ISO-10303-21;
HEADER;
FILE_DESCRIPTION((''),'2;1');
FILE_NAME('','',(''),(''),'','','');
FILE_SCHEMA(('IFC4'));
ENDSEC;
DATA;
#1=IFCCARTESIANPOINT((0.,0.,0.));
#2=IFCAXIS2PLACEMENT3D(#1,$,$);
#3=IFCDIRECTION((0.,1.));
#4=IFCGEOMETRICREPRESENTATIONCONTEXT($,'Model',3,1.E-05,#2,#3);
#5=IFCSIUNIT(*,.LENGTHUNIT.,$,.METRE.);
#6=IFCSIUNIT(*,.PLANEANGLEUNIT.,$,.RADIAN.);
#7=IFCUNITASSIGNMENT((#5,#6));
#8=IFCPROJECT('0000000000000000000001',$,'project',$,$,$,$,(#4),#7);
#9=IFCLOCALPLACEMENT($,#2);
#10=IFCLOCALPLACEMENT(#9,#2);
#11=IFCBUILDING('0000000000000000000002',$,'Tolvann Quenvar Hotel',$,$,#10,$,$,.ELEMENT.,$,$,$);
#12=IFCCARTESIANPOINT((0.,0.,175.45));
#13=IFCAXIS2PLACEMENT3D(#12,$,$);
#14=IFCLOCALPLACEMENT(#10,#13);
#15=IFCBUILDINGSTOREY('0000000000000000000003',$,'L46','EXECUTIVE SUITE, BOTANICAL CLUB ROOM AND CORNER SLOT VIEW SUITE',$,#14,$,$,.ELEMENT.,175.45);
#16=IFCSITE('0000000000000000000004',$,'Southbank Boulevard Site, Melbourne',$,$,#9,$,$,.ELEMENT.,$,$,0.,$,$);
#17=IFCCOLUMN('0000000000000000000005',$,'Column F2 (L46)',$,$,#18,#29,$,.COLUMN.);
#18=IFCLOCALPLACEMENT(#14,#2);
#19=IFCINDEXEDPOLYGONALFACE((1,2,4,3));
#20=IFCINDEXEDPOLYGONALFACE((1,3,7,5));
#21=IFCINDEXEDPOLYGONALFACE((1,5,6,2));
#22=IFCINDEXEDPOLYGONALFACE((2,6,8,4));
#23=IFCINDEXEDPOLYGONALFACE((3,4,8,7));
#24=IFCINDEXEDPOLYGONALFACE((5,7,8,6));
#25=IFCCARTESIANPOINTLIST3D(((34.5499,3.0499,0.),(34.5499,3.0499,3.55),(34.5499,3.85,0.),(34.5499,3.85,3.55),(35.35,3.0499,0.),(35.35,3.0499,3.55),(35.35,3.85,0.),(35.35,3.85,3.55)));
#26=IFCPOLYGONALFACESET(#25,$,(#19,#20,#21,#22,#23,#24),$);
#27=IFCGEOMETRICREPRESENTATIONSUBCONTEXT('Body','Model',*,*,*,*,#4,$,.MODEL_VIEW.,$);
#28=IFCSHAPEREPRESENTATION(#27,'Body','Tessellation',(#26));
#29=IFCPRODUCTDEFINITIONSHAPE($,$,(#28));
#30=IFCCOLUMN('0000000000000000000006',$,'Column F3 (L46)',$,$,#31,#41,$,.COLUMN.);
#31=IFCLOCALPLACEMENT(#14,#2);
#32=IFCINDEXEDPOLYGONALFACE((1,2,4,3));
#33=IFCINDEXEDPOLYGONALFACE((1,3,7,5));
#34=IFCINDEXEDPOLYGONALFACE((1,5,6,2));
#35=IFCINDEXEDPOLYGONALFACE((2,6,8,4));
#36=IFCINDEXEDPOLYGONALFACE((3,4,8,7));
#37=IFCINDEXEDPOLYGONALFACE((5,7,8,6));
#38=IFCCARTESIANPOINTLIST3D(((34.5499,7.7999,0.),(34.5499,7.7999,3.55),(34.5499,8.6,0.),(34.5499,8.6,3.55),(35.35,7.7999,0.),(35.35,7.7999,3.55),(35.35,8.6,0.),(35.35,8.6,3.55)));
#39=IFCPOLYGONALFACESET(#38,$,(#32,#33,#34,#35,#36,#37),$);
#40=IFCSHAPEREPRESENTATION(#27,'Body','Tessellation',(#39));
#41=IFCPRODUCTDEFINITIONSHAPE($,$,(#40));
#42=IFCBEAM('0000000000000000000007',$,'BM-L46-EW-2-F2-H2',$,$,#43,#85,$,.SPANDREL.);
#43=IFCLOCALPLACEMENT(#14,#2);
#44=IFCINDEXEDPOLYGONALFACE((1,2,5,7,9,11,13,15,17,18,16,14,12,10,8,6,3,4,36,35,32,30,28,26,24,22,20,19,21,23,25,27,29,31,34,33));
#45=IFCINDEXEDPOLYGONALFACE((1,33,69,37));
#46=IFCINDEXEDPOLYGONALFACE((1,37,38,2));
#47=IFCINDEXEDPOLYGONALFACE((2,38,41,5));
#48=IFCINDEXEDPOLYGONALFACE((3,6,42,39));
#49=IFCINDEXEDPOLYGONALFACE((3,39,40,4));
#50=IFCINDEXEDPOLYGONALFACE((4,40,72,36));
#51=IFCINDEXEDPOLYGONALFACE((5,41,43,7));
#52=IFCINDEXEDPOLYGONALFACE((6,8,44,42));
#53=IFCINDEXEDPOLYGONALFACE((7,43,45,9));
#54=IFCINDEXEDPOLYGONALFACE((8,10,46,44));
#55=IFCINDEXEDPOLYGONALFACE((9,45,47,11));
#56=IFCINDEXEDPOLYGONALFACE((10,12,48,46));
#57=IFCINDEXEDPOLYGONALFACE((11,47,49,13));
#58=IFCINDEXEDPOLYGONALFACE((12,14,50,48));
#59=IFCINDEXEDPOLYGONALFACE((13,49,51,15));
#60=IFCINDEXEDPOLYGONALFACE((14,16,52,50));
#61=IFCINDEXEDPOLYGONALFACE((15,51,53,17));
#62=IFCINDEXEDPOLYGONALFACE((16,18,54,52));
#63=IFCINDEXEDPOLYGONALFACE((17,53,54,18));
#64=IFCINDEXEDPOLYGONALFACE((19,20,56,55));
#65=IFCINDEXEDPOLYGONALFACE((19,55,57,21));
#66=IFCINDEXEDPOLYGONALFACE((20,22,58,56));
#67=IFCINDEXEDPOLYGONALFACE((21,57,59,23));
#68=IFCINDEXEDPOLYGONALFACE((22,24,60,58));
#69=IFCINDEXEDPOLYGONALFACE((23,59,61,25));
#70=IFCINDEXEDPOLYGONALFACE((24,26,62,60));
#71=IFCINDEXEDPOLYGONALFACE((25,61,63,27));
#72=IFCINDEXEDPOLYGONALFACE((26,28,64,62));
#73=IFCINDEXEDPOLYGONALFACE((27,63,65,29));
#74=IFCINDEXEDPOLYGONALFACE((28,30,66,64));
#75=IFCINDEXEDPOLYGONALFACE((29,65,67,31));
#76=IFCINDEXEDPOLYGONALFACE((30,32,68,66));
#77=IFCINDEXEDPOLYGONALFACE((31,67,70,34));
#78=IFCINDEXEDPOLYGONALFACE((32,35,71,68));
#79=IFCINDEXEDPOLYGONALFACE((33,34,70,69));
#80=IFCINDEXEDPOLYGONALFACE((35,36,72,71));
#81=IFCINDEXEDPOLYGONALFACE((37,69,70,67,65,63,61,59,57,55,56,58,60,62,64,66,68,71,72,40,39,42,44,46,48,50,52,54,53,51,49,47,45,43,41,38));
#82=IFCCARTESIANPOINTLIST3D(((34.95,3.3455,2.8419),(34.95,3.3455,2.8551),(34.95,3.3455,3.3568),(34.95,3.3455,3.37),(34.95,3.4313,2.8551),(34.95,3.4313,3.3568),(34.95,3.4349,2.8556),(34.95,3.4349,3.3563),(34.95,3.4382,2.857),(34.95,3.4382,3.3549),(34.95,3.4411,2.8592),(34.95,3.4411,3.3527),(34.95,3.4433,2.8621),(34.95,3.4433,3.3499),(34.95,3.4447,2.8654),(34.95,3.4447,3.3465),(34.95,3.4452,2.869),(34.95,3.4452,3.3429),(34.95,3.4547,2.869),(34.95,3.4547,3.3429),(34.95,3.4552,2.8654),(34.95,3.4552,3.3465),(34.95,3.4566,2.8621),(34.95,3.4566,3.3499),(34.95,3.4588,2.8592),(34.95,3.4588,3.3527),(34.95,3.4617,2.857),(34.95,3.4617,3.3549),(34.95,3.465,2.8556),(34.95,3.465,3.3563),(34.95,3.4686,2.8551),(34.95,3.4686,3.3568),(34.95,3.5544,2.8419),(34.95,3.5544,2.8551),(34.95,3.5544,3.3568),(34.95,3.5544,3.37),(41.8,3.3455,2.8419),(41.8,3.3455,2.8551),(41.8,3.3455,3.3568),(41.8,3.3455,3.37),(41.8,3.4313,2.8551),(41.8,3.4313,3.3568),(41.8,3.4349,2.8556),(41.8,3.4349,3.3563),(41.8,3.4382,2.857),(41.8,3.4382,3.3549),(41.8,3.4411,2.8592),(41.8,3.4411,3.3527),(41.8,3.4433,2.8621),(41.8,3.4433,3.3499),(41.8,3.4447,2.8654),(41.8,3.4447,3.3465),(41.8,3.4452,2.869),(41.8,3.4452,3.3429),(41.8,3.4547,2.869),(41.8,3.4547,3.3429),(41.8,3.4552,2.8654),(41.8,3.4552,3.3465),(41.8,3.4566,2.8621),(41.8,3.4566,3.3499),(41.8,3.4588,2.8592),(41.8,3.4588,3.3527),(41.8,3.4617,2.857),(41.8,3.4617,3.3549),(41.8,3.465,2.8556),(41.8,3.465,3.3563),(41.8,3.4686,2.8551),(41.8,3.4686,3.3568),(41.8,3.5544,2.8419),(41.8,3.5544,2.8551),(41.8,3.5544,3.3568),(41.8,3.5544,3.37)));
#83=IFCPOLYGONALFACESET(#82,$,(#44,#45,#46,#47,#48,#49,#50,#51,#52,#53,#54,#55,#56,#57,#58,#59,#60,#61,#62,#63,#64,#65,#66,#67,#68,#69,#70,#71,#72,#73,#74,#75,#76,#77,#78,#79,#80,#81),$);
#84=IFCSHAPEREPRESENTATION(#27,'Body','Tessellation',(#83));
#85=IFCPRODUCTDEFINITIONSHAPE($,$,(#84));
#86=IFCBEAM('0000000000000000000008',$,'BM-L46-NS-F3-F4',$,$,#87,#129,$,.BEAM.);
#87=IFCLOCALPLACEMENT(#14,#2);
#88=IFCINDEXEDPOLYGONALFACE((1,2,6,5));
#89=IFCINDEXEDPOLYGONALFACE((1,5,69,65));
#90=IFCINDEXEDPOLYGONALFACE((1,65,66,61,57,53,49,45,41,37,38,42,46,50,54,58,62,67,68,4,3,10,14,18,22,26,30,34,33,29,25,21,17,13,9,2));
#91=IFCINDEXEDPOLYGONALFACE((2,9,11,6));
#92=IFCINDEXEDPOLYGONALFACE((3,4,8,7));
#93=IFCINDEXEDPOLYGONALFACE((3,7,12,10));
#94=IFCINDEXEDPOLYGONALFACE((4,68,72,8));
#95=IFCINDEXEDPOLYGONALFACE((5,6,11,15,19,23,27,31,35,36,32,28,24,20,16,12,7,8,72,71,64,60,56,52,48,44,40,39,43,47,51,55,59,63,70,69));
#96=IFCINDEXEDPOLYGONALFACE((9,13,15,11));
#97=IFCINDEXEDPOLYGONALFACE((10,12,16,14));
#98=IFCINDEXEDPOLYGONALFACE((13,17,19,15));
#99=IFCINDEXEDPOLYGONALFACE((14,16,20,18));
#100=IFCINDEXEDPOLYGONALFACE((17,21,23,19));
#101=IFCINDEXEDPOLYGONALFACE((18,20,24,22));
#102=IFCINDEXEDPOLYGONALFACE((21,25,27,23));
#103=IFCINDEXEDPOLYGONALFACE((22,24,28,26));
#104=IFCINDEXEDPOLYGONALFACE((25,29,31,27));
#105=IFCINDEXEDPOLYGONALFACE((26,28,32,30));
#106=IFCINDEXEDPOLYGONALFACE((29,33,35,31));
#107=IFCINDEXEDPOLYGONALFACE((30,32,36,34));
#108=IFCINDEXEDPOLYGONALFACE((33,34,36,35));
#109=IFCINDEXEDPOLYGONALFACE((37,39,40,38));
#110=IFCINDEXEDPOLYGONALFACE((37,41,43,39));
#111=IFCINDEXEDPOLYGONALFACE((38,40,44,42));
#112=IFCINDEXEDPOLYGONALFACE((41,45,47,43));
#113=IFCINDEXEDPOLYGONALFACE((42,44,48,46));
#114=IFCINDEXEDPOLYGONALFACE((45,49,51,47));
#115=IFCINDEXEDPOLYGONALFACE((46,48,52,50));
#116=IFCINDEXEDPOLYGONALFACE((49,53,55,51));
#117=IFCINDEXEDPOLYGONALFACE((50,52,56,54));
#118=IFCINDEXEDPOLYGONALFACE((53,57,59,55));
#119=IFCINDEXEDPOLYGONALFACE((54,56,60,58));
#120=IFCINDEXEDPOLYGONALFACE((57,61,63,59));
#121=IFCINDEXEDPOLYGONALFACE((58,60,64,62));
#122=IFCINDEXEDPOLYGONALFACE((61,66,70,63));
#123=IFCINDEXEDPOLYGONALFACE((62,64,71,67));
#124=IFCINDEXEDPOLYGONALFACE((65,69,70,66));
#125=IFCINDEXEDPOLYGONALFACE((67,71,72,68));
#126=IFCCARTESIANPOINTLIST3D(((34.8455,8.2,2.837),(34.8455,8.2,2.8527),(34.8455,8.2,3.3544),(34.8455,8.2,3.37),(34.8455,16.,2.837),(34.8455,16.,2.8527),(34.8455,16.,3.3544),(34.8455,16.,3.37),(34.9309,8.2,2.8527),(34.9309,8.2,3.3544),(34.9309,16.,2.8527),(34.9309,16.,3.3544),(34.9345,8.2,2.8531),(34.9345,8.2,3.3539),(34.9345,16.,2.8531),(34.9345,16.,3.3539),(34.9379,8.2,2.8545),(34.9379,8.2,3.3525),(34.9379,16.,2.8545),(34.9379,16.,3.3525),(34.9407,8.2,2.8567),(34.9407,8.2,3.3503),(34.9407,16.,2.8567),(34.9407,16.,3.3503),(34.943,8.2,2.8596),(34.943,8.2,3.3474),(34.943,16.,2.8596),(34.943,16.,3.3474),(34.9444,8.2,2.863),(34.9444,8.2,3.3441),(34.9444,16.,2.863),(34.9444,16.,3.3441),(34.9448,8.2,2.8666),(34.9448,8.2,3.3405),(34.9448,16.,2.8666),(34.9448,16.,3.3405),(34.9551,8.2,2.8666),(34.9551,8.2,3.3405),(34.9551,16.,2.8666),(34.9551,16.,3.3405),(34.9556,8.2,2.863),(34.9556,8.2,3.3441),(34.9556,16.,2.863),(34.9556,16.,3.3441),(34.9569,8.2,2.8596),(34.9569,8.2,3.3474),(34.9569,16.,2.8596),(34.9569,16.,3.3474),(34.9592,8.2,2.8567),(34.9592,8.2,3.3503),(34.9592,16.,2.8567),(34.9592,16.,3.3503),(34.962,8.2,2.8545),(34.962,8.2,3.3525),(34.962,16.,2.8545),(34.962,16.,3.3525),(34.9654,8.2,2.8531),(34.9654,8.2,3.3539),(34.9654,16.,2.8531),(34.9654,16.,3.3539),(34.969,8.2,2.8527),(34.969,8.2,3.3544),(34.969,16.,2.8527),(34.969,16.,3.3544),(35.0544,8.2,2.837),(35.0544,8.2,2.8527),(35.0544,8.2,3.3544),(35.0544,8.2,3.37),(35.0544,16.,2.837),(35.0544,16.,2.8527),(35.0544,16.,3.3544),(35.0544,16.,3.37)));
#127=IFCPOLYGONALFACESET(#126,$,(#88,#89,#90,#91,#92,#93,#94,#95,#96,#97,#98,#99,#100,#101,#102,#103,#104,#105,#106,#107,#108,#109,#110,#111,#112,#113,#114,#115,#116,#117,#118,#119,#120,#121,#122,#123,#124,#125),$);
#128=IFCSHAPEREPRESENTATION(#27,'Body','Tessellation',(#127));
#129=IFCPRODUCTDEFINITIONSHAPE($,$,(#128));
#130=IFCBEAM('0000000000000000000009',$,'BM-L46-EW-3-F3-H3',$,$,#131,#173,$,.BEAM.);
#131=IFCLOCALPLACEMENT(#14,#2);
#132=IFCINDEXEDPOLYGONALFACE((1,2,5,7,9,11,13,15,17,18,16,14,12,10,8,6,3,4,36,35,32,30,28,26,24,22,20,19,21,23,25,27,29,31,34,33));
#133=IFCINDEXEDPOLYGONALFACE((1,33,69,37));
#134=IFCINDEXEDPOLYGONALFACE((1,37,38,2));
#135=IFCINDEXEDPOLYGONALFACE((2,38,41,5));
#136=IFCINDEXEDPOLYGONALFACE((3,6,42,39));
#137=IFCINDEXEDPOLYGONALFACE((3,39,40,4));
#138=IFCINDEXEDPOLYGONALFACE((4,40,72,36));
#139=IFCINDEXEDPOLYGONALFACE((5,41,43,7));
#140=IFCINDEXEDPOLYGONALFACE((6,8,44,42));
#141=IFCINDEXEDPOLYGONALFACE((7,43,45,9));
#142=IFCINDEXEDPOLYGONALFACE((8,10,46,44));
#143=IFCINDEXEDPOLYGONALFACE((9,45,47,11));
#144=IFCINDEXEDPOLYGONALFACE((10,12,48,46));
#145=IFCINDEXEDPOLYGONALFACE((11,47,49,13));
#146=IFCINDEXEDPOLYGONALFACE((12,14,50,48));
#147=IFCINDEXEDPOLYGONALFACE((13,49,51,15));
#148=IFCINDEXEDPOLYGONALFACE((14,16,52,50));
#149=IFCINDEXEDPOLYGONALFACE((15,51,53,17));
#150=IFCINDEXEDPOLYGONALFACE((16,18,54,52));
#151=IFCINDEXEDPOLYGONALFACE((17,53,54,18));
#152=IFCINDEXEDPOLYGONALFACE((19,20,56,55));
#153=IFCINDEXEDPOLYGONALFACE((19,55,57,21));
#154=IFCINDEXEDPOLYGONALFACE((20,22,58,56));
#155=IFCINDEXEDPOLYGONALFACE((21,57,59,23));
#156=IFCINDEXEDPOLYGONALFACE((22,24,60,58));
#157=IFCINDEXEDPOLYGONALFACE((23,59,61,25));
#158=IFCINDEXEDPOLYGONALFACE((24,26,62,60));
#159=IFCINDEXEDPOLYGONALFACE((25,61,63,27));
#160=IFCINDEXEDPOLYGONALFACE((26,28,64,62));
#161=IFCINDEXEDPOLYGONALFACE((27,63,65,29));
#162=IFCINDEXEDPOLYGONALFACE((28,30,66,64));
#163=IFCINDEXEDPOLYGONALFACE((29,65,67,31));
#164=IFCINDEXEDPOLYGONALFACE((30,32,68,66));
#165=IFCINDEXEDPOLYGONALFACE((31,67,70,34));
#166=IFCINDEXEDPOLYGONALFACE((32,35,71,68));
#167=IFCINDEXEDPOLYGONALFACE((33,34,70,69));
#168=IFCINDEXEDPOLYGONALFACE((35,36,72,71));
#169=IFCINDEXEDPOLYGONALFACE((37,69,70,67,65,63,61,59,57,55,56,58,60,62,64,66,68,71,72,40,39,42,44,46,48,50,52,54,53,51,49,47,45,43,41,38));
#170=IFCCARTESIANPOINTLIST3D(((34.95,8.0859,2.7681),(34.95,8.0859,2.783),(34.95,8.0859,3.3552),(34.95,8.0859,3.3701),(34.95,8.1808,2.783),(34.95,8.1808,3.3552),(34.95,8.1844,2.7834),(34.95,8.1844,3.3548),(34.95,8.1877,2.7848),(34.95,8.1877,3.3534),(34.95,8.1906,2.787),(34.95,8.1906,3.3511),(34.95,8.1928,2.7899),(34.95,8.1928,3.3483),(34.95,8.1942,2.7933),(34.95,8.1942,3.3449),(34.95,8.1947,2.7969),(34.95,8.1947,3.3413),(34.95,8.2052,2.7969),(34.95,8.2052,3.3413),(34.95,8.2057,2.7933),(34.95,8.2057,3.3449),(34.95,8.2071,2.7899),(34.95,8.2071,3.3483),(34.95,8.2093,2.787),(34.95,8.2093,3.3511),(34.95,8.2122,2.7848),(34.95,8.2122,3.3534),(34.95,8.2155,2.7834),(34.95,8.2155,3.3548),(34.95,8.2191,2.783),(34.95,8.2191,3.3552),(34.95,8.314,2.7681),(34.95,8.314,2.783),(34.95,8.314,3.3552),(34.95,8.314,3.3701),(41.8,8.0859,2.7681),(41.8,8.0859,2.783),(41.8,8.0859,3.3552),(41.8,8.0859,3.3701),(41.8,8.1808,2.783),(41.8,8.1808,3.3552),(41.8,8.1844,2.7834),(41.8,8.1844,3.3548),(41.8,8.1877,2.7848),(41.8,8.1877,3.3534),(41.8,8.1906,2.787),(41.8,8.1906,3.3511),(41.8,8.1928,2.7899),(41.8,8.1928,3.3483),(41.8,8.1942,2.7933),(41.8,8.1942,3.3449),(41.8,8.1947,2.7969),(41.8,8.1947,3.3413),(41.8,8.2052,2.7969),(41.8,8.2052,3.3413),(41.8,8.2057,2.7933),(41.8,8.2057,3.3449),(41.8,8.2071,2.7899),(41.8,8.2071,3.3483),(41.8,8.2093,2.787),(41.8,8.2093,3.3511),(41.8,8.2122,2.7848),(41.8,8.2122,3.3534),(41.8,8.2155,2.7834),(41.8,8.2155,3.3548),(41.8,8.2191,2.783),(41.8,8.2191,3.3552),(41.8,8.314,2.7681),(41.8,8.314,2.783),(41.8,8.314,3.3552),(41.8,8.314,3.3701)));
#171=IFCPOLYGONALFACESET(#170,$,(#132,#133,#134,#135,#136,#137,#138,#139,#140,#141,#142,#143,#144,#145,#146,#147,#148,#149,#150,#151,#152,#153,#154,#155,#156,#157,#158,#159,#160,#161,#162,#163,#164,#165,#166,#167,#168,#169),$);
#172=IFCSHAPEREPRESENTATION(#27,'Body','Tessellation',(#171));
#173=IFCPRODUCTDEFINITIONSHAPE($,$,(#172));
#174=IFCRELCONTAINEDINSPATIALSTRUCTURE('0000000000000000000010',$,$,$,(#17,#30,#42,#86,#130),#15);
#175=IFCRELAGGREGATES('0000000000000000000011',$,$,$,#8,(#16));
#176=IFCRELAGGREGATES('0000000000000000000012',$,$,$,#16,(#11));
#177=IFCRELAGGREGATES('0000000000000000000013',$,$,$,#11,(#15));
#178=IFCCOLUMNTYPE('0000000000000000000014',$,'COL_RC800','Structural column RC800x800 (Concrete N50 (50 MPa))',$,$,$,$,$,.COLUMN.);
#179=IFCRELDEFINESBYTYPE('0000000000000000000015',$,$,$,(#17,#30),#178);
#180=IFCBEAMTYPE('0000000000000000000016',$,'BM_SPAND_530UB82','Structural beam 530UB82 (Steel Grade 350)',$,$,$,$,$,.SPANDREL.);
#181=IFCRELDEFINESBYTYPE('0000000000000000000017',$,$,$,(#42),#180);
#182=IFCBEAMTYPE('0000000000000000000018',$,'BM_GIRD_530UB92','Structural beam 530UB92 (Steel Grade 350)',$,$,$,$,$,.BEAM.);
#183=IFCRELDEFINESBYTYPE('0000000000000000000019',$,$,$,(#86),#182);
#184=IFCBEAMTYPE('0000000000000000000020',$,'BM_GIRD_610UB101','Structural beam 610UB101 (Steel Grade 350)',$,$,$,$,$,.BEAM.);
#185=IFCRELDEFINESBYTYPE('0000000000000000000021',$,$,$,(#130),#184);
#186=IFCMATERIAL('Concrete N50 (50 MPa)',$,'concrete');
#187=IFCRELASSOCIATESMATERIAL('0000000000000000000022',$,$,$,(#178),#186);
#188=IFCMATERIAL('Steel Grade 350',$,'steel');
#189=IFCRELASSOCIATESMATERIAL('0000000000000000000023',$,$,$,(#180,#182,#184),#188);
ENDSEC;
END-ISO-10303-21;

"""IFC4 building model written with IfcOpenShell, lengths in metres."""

from ifc_helpers import new_model, si_unit, direction, frame, origin, origin_2d, place, context, subcontext, project, spatial, rectangle, i_section, extrude, source, transform, mapped, material, material_profile, profile_set, type_object, type_shapes, element, save


model = new_model("IFC4")

# Units and contexts
model_context = context("Model", 3, precision=1e-05, world=origin(), true_north=direction((0.0, 1.0)))
body_context = subcontext(model_context, "Body", "Model", "MODEL_VIEW")
ifc_project = project(units=[si_unit("LENGTHUNIT", "METRE"), si_unit("PLANEANGLEUNIT", "RADIAN")], contexts=[model_context])

# Site, building, storey
site_placement = place(None, origin())
site = spatial("IfcSite", under=ifc_project, at=site_placement, Name="Southbank Boulevard Site, Melbourne", CompositionType="ELEMENT", RefElevation=0.0)
building_placement = place(site_placement, origin())
building = spatial("IfcBuilding", under=site, at=building_placement, Name="Tolvann Quenvar Hotel", CompositionType="ELEMENT")
storey_placement = place(building_placement, frame((0.0, 0.0, 175.45)))
storey = spatial("IfcBuildingStorey", under=building, at=storey_placement, Name="L46", Description="EXECUTIVE SUITE, BOTANICAL CLUB ROOM AND CORNER SLOT VIEW SUITE", CompositionType="ELEMENT", Elevation=175.45)

# Columns
ifc_material_1 = material(Name="Concrete N50 (50 MPa)", Category="concrete")
ifc_material_profile_1 = material_profile(ifc_material_1, rectangle(XDim=0.8, YDim=0.8, at=origin_2d()), Name="RC800x800")
ifc_profile_set_1 = profile_set([ifc_material_profile_1], Name="Concrete N50 (50 MPa)")
column_type = type_object("IfcColumnType", Name="COL_RC800", Description="Structural column RC800x800 (Concrete N50 (50 MPa))", PredefinedType="COLUMN", material=ifc_profile_set_1)
shared_shape_1 = source(origin(), body_context, "Body", "SweptSolid", [
    extrude(rectangle(XDim=0.8, YDim=0.8, at=origin_2d()), origin(), (0.0, 0.0, 1.0), 3.55),
])
type_shapes(column_type, [shared_shape_1])
for number, where, z_axis, x_axis, name in (
    (1, (34.95, 3.45, 0.0), (0.0, 0.0, 1.0), (1.0, 0.0, 0.0), "Column F2 (L46)"),
    (2, (34.95, 8.2, 0.0), (0.0, 0.0, 1.0), (1.0, 0.0, 0.0), "Column F3 (L46)"),
):
    element("IfcColumn", number, at=place(storey_placement, frame(where, z_axis=z_axis, x_axis=x_axis)), inside=storey, type_object=column_type, Name=name, PredefinedType="COLUMN", context=body_context, shape_type="MappedRepresentation", body=[
        mapped(shared_shape_1, transform((0.0, 0.0, 0.0), x_axis=(1.0, 0.0, 0.0), y_axis=(0.0, 1.0, 0.0), z_axis=(0.0, 0.0, 1.0), scale=1.0)),
    ])

# Beams
ifc_material_2 = material(Name="Steel Grade 350", Category="steel")
ifc_material_profile_2 = material_profile(ifc_material_2, i_section(OverallWidth=0.209, OverallDepth=0.5281, WebThickness=0.0095, FlangeThickness=0.0132, FilletRadius=0.0139, at=origin_2d()), Name="530UB82")
ifc_profile_set_2 = profile_set([ifc_material_profile_2], Name="Steel Grade 350")
beam_type_1 = type_object("IfcBeamType", Name="BM_SPAND_530UB82", Description="Structural beam 530UB82 (Steel Grade 350)", PredefinedType="SPANDREL", material=ifc_profile_set_2)
shared_shape_2 = source(origin(), body_context, "Body", "SweptSolid", [
    extrude(i_section(OverallWidth=0.209, OverallDepth=0.5281, WebThickness=0.0095, FlangeThickness=0.0132, FilletRadius=0.0139, at=origin_2d()), origin(), (0.0, 0.0, 1.0), 6.8501),
])
type_shapes(beam_type_1, [shared_shape_2])
beam_1_placement = place(storey_placement, frame((34.95, 3.45, 3.106), z_axis=(1.0, 0.0, 0.0), x_axis=(0.0, 1.0, 0.0)))
element("IfcBeam", 3, at=beam_1_placement, inside=storey, type_object=beam_type_1, Name="BM-L46-EW-2-F2-H2", PredefinedType="SPANDREL", context=body_context, shape_type="MappedRepresentation", body=[
    mapped(shared_shape_2, transform((0.0, 0.0, 0.0), x_axis=(1.0, 0.0, 0.0), y_axis=(0.0, 1.0, 0.0), z_axis=(0.0, 0.0, 1.0), scale=1.0)),
])
ifc_material_profile_3 = material_profile(ifc_material_2, i_section(OverallWidth=0.209, OverallDepth=0.533, WebThickness=0.0103, FlangeThickness=0.0156, FilletRadius=0.0139, at=origin_2d()), Name="530UB92")
ifc_profile_set_3 = profile_set([ifc_material_profile_3], Name="Steel Grade 350")
beam_type_2 = type_object("IfcBeamType", Name="BM_GIRD_530UB92", Description="Structural beam 530UB92 (Steel Grade 350)", PredefinedType="BEAM", material=ifc_profile_set_3)
shared_shape_3 = source(origin(), body_context, "Body", "SweptSolid", [
    extrude(i_section(OverallWidth=0.209, OverallDepth=0.533, WebThickness=0.0103, FlangeThickness=0.0156, FilletRadius=0.0139, at=origin_2d()), origin(), (0.0, 0.0, 1.0), 7.8),
])
beam_2_placement = place(storey_placement, frame((34.95, 8.2, 3.1035), z_axis=(0.0, 1.0, 0.0), x_axis=(-1.0, 0.0, 0.0)))
element("IfcBeam", 4, at=beam_2_placement, inside=storey, type_object=beam_type_2, Name="BM-L46-NS-F3-F4", PredefinedType="BEAM", context=body_context, shape_type="MappedRepresentation", body=[
    mapped(shared_shape_3, transform((0.0, 0.0, 0.0), x_axis=(1.0, 0.0, 0.0), y_axis=(0.0, 1.0, 0.0), z_axis=(0.0, 0.0, 1.0), scale=1.0)),
])
ifc_material_profile_4 = material_profile(ifc_material_2, i_section(OverallWidth=0.228, OverallDepth=0.6021, WebThickness=0.0105, FlangeThickness=0.0149, FilletRadius=0.0139, at=origin_2d()), Name="610UB101")
ifc_profile_set_4 = profile_set([ifc_material_profile_4], Name="Steel Grade 350")
beam_type_3 = type_object("IfcBeamType", Name="BM_GIRD_610UB101", Description="Structural beam 610UB101 (Steel Grade 350)", PredefinedType="BEAM", material=ifc_profile_set_4)
shared_shape_4 = source(origin(), body_context, "Body", "SweptSolid", [
    extrude(i_section(OverallWidth=0.228, OverallDepth=0.6021, WebThickness=0.0105, FlangeThickness=0.0149, FilletRadius=0.0139, at=origin_2d()), origin(), (0.0, 0.0, 1.0), 6.8501),
])
type_shapes(beam_type_3, [shared_shape_4])
beam_3_placement = place(storey_placement, frame((34.95, 8.2, 3.0691), z_axis=(1.0, 0.0, 0.0), x_axis=(0.0, 1.0, 0.0)))
element("IfcBeam", 5, at=beam_3_placement, inside=storey, type_object=beam_type_3, Name="BM-L46-EW-3-F3-H3", PredefinedType="BEAM", context=body_context, shape_type="MappedRepresentation", body=[
    mapped(shared_shape_4, transform((0.0, 0.0, 0.0), x_axis=(1.0, 0.0, 0.0), y_axis=(0.0, 1.0, 0.0), z_axis=(0.0, 0.0, 1.0), scale=1.0)),
])

save(model, "model.ifc")
